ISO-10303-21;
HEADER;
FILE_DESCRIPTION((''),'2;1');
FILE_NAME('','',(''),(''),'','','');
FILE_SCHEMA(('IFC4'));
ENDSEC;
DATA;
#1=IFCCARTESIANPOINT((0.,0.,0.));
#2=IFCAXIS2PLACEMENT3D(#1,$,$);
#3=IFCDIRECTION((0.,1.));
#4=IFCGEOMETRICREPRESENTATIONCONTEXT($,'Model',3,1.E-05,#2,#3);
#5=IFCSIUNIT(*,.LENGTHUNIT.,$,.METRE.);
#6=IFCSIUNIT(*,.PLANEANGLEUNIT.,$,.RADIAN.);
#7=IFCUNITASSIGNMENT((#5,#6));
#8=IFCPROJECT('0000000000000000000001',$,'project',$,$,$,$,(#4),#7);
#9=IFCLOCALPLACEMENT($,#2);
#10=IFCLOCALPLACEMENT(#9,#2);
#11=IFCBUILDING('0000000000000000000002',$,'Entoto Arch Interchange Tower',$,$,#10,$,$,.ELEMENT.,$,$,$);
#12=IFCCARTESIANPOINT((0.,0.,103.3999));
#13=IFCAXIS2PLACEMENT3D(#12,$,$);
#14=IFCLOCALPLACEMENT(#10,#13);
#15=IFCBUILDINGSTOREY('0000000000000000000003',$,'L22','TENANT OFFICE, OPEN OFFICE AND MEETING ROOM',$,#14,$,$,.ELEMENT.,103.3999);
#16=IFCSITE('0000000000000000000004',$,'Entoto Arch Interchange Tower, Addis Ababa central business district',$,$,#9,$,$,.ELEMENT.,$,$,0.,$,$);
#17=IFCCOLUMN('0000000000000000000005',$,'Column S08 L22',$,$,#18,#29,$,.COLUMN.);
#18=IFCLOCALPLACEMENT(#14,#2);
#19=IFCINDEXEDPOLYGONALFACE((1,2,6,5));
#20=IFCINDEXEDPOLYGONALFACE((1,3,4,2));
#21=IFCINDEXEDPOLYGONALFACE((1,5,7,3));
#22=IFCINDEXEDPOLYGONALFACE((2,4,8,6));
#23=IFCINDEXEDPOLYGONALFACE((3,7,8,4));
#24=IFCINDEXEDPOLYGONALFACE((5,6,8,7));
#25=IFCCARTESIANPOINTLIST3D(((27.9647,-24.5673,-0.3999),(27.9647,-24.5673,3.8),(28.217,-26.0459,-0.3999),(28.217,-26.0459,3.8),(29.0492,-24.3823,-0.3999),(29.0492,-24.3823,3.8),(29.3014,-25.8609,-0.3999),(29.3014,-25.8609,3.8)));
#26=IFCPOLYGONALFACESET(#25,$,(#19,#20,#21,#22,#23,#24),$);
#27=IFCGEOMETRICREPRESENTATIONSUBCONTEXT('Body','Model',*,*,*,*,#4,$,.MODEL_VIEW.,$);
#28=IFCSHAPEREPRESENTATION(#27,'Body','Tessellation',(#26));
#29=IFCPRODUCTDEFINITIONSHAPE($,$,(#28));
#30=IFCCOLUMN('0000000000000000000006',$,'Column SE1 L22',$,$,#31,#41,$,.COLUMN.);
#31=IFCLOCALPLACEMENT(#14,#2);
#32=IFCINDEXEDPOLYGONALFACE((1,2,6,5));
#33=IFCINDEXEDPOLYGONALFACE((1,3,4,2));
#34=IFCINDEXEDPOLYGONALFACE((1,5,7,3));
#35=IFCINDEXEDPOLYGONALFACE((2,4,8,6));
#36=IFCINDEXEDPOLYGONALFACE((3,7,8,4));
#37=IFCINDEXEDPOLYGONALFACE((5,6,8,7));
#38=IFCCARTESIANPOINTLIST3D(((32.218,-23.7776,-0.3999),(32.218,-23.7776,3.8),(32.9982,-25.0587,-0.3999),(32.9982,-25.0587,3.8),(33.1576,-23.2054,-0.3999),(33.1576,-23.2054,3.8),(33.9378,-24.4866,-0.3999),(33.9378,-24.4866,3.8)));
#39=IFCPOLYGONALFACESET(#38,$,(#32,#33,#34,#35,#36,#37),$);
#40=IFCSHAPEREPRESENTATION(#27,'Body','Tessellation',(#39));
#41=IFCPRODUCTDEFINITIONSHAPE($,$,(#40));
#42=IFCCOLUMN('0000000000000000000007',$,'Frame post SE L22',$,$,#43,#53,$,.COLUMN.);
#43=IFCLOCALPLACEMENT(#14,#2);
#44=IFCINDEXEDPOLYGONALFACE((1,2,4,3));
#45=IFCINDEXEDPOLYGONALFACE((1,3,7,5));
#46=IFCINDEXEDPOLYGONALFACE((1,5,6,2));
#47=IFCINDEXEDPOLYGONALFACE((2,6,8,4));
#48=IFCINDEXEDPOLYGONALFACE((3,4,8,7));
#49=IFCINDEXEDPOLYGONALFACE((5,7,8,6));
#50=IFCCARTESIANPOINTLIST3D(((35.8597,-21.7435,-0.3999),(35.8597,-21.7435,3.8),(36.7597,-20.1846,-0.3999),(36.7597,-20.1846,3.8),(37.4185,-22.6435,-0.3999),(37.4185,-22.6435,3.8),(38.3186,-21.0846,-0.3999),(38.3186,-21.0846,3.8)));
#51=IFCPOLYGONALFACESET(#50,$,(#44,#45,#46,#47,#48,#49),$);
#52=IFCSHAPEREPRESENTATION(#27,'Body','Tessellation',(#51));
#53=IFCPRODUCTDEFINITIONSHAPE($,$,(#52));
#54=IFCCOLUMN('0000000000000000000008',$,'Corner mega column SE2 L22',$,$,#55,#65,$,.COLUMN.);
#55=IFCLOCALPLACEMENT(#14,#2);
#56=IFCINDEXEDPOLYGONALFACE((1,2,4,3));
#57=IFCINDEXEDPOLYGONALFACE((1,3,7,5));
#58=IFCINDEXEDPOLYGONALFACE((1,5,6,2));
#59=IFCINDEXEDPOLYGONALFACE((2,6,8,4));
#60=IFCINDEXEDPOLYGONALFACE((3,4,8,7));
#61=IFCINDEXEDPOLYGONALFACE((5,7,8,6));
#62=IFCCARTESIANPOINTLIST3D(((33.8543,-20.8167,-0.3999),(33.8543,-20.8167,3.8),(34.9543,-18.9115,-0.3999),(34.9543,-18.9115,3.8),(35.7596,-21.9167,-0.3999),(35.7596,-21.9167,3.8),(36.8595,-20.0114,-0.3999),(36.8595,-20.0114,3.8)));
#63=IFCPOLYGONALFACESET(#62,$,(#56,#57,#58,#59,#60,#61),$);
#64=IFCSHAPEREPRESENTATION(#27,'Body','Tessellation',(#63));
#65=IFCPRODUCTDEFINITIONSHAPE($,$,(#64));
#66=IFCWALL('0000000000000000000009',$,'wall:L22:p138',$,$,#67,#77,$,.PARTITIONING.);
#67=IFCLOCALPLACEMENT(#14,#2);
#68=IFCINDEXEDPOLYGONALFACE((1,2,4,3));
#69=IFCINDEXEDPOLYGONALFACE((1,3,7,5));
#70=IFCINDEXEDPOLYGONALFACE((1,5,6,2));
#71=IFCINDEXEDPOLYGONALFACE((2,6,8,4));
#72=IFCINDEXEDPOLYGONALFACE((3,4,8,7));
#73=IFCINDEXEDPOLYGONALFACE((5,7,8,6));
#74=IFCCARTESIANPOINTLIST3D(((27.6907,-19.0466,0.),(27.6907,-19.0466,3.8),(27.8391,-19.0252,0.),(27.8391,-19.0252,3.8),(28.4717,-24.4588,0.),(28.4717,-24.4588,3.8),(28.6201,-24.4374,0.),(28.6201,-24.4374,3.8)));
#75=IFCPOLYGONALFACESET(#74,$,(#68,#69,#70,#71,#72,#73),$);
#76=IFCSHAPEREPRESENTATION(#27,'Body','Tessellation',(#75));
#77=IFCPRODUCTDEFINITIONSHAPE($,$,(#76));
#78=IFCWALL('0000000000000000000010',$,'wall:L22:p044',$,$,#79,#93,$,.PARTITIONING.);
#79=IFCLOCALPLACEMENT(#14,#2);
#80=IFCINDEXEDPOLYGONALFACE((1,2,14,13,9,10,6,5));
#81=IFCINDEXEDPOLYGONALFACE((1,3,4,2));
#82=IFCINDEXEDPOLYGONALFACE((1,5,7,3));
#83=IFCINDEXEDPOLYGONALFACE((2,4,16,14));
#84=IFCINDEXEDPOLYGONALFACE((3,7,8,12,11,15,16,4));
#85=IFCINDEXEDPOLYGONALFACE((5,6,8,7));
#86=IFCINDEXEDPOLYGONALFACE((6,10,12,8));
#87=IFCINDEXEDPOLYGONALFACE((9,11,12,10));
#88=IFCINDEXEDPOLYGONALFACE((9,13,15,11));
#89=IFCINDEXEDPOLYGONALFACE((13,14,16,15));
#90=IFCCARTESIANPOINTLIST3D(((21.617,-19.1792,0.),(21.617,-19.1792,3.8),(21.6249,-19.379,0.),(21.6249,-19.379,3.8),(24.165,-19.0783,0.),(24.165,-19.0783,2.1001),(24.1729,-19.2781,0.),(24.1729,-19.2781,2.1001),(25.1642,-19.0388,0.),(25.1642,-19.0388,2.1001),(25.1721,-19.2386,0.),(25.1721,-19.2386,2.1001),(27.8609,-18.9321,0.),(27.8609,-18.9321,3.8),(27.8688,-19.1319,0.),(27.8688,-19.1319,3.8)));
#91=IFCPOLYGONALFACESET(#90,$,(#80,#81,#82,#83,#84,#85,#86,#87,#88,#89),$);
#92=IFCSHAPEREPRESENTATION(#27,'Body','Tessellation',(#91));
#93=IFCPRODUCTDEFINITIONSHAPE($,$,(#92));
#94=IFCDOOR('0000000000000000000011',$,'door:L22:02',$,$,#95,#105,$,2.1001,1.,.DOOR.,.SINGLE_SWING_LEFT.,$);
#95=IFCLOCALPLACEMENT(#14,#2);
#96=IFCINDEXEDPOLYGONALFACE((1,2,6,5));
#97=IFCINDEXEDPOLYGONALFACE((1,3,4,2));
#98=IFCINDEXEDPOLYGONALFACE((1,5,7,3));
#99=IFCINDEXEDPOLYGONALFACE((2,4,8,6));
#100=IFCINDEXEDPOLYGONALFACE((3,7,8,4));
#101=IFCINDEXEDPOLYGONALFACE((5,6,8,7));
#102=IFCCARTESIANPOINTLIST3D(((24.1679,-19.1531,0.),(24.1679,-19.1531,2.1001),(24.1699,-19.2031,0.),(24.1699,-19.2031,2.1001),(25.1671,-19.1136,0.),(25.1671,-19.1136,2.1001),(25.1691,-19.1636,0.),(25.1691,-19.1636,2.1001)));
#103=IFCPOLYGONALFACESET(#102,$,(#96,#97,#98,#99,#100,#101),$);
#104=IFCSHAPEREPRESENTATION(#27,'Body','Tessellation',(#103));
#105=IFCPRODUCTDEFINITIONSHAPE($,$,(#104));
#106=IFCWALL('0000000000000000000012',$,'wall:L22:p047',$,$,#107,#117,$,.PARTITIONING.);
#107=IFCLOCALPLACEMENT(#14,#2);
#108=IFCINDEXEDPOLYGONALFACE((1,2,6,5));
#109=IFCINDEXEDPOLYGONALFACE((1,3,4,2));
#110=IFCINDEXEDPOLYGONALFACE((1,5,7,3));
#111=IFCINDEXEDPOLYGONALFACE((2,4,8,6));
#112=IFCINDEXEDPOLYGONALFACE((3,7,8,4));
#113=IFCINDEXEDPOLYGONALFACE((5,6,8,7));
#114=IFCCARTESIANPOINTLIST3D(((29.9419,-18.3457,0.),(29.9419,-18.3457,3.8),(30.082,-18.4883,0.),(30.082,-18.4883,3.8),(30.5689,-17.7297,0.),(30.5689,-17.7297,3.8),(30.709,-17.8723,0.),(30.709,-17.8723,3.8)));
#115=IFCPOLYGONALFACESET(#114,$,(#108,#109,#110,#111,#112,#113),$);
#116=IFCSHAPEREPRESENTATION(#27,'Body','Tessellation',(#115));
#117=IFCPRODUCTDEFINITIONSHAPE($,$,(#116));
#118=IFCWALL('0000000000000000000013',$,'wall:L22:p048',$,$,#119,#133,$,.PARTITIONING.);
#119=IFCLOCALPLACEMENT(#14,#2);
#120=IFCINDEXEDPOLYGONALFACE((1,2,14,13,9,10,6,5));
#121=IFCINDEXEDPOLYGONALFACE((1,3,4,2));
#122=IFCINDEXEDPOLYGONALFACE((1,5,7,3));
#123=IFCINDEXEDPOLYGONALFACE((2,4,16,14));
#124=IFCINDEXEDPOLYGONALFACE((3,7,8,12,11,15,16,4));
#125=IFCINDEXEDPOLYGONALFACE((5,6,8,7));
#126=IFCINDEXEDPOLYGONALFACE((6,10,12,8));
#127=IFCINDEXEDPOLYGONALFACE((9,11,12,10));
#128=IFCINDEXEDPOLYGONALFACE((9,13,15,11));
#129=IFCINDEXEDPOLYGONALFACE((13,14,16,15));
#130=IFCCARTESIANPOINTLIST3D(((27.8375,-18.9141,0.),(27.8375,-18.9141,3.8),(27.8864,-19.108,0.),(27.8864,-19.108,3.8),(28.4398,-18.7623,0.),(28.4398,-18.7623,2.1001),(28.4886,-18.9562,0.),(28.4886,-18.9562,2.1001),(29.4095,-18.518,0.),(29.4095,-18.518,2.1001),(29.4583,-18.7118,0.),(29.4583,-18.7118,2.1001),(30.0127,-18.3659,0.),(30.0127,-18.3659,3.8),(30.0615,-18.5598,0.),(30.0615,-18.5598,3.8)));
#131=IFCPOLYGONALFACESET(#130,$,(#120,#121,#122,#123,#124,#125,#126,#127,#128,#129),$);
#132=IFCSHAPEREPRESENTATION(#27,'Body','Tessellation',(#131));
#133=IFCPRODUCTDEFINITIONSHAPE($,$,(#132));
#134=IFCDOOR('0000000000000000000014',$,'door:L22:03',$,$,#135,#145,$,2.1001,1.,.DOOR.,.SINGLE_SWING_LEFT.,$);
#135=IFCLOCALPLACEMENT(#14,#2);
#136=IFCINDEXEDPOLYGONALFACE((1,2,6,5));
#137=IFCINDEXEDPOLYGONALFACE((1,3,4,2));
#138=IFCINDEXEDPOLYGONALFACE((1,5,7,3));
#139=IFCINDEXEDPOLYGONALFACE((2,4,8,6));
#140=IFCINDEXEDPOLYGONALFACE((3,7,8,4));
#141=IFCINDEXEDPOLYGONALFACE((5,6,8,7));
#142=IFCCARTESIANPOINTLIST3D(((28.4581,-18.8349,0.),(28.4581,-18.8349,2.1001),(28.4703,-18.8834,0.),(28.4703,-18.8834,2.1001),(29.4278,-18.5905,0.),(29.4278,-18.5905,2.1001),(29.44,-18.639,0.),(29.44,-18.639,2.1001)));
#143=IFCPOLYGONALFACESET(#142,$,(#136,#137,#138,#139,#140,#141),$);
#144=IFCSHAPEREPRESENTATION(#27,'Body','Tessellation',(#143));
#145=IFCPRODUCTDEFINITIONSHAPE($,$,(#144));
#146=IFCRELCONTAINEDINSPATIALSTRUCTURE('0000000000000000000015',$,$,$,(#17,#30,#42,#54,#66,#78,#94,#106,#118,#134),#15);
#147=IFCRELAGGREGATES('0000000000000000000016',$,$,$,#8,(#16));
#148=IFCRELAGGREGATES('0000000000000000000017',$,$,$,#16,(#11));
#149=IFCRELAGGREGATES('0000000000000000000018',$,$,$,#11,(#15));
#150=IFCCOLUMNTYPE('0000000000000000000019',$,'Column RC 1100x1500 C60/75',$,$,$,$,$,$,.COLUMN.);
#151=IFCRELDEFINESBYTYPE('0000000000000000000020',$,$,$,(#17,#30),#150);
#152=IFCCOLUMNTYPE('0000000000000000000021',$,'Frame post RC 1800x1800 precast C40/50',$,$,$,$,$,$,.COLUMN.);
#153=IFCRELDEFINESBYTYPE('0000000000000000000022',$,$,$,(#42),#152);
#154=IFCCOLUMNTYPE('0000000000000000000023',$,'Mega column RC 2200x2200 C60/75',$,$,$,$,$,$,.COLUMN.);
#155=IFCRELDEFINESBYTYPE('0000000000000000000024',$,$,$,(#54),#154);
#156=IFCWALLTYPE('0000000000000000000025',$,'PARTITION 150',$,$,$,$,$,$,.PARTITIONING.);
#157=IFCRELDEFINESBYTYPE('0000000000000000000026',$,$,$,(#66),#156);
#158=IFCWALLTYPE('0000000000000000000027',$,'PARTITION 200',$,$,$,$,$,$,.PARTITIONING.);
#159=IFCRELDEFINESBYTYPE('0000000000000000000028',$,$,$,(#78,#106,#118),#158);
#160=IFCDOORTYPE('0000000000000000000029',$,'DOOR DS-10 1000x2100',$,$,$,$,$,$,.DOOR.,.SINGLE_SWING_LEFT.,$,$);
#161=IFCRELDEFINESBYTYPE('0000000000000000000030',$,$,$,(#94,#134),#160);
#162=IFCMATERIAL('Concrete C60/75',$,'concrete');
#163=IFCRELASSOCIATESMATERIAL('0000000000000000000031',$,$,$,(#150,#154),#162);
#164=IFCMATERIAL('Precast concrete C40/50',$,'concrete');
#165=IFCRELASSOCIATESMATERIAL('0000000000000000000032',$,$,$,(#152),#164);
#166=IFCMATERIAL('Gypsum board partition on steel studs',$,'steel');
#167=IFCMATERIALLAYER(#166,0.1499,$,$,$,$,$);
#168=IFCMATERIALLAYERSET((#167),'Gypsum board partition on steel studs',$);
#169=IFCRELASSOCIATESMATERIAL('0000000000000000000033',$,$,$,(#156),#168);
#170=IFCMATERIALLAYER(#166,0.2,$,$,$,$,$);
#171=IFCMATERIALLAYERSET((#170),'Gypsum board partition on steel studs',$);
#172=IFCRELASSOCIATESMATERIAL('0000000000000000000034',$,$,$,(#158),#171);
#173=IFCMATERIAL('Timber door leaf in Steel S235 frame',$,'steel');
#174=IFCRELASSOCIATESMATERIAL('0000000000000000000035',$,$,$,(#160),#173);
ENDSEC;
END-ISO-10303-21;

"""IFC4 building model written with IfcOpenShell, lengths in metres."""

from ifc_helpers import new_model, si_unit, direction, frame, frame_2d, origin, origin_2d, place, context, subcontext, project, spatial, rectangle, extrude, material, layer, layer_set, material_profile, profile_set, type_object, element, fill, save


model = new_model("IFC4")

# Units and contexts
model_context = context("Model", 3, precision=1e-05, world=origin(), true_north=direction((0.0, 1.0)))
body_context = subcontext(model_context, "Body", "Model", "MODEL_VIEW")
ifc_project = project(units=[si_unit("LENGTHUNIT", "METRE"), si_unit("PLANEANGLEUNIT", "RADIAN")], contexts=[model_context])

# Site, building, storey
site_placement = place(None, origin())
site = spatial("IfcSite", under=ifc_project, at=site_placement, Name="Entoto Arch Interchange Tower, Addis Ababa central business district", CompositionType="ELEMENT", RefElevation=0.0)
building_placement = place(site_placement, origin())
building = spatial("IfcBuilding", under=site, at=building_placement, Name="Entoto Arch Interchange Tower", CompositionType="ELEMENT")
storey_placement = place(building_placement, frame((0.0, 0.0, 103.3999)))
storey = spatial("IfcBuildingStorey", under=building, at=storey_placement, Name="L22", Description="TENANT OFFICE, OPEN OFFICE AND MEETING ROOM", CompositionType="ELEMENT", Elevation=103.3999)

# Columns
ifc_material_1 = material(Name="Concrete C60/75", Category="concrete")
ifc_material_profile_1 = material_profile(ifc_material_1, rectangle(XDim=1.1001, YDim=1.5, at=origin_2d()))
ifc_profile_set_1 = profile_set([ifc_material_profile_1], Name="Concrete C60/75")
column_type_1 = type_object("IfcColumnType", Name="Column RC 1100x1500 C60/75", PredefinedType="COLUMN", material=ifc_profile_set_1)
for number, where, z_axis, x_axis, name in (
    (1, (28.6331, -25.2141, -0.3999), (0.0, 0.0, 1.0), (0.985759, 0.168162, 0.0), "Column S08 L22"),
    (2, (33.0779, -24.1321, -0.3999), (0.0, 0.0, 1.0), (0.854096, 0.520116, 0.0), "Column SE1 L22"),
):
    element("IfcColumn", number, at=place(storey_placement, frame(where, z_axis=z_axis, x_axis=x_axis)), inside=storey, type_object=column_type_1, Name=name, PredefinedType="COLUMN", context=body_context, shape_type="SweptSolid", body=[
        extrude(rectangle(XDim=1.1001, YDim=1.5, at=origin_2d()), origin(), (0.0, 0.0, 1.0), 4.2),
    ])
ifc_material_2 = material(Name="Precast concrete C40/50", Category="concrete")
ifc_material_profile_2 = material_profile(ifc_material_2, rectangle(XDim=1.8, YDim=1.8, at=origin_2d()))
ifc_profile_set_2 = profile_set([ifc_material_profile_2], Name="Precast concrete C40/50")
column_type_2 = type_object("IfcColumnType", Name="Frame post RC 1800x1800 precast C40/50", PredefinedType="COLUMN", material=ifc_profile_set_2)
column_1_placement = place(storey_placement, frame((37.0891, -21.4141, -0.3999), z_axis=(0.0, 0.0, 1.0), x_axis=(-0.866025, 0.5, 0.0)))
element("IfcColumn", 3, at=column_1_placement, inside=storey, type_object=column_type_2, Name="Frame post SE L22", PredefinedType="COLUMN", context=body_context, shape_type="SweptSolid", body=[
    extrude(rectangle(XDim=1.8, YDim=1.8, at=origin_2d()), origin(), (0.0, 0.0, 1.0), 4.2),
])
ifc_material_profile_3 = material_profile(ifc_material_1, rectangle(XDim=2.2, YDim=2.2, at=origin_2d()))
ifc_profile_set_3 = profile_set([ifc_material_profile_3], Name="Concrete C60/75")
column_type_3 = type_object("IfcColumnType", Name="Mega column RC 2200x2200 C60/75", PredefinedType="COLUMN", material=ifc_profile_set_3)
column_2_placement = place(storey_placement, frame((35.3569, -20.4141, -0.3999), z_axis=(0.0, 0.0, 1.0), x_axis=(-0.866025, 0.5, 0.0)))
element("IfcColumn", 4, at=column_2_placement, inside=storey, type_object=column_type_3, Name="Corner mega column SE2 L22", PredefinedType="COLUMN", context=body_context, shape_type="SweptSolid", body=[
    extrude(rectangle(XDim=2.2, YDim=2.2, at=origin_2d()), origin(), (0.0, 0.0, 1.0), 4.2),
])

# Wall
ifc_material_3 = material(Name="Gypsum board partition on steel studs", Category="steel")
ifc_layer_1 = layer(ifc_material_3, 0.1499)
ifc_layer_set_1 = layer_set([ifc_layer_1], Name="Gypsum board partition on steel studs")
wall_type_1 = type_object("IfcWallType", Name="PARTITION 150", PredefinedType="PARTITIONING", material=ifc_layer_set_1)
wall_1_placement = place(storey_placement, frame((27.7649, -19.0359, 0.0), z_axis=(0.0, 0.0, 1.0), x_axis=(0.142828, -0.989748, 0.0)))
element("IfcWall", 5, at=wall_1_placement, inside=storey, type_object=wall_type_1, Name="wall:L22:p138", PredefinedType="PARTITIONING", context=body_context, shape_type="SweptSolid", body=[
    extrude(rectangle(XDim=5.4683, YDim=0.1499, at=frame_2d((2.7341, 0.0))), origin(), (0.0, 0.0, 1.0), 3.8),
])

# Wall, opening, door
ifc_layer_2 = layer(ifc_material_3, 0.2)
ifc_layer_set_2 = layer_set([ifc_layer_2], Name="Gypsum board partition on steel studs")
wall_type_2 = type_object("IfcWallType", Name="PARTITION 200", PredefinedType="PARTITIONING", material=ifc_layer_set_2)
wall_2_placement = place(storey_placement, frame((27.865, -19.032, 0.0), z_axis=(0.0, 0.0, 1.0), x_axis=(-0.999218, -0.039539, 0.0)))
wall_2 = element("IfcWall", 6, at=wall_2_placement, inside=storey, type_object=wall_type_2, Name="wall:L22:p044", PredefinedType="PARTITIONING", context=body_context, shape_type="SweptSolid", body=[
    extrude(rectangle(XDim=6.2488, YDim=0.2, at=frame_2d((3.1245, 0.0))), origin(), (0.0, 0.0, 1.0), 3.8),
])
opening_1_placement = place(wall_2_placement, frame((2.699, 0.0, 0.0)))
opening_1 = element("IfcOpeningElement", 7, at=opening_1_placement, cuts=wall_2, PredefinedType="OPENING", context=body_context, shape_type="SweptSolid", body=[
    extrude(rectangle(XDim=1.0, YDim=2.1001, at=frame_2d((0.5, 1.05))), frame((0.0, 0.1099, 0.0), z_axis=(0.0, -1.0, 0.0), x_axis=(1.0, 0.0, 0.0)), (0.0, 0.0, 1.0), 0.22),
])
ifc_material_4 = material(Name="Timber door leaf in Steel S235 frame", Category="steel")
door_type = type_object("IfcDoorType", Name="DOOR DS-10 1000x2100", OperationType="SINGLE_SWING_LEFT", PredefinedType="DOOR", material=ifc_material_4)
door_1_placement = place(opening_1_placement, origin())
door_1 = element("IfcDoor", 8, at=door_1_placement, inside=storey, type_object=door_type, Name="door:L22:02", OperationType="SINGLE_SWING_LEFT", OverallHeight=2.1001, OverallWidth=1.0, PredefinedType="DOOR", context=body_context, shape_type="SweptSolid", body=[
    extrude(rectangle(XDim=1.0, YDim=2.1001, at=frame_2d((0.5, 1.05))), frame((0.0, 0.0249, 0.0), z_axis=(0.0, -1.0, 0.0), x_axis=(1.0, 0.0, 0.0)), (0.0, 0.0, 1.0), 0.05),
])
fill(opening_1, door_1)

# Wall
wall_3_placement = place(storey_placement, frame((30.6389, -17.801, 0.0), z_axis=(0.0, 0.0, 1.0), x_axis=(-0.713329, -0.700829, 0.0)))
element("IfcWall", 9, at=wall_3_placement, inside=storey, type_object=wall_type_2, Name="wall:L22:p047", PredefinedType="PARTITIONING", context=body_context, shape_type="SweptSolid", body=[
    extrude(rectangle(XDim=0.8789, YDim=0.2, at=frame_2d((0.4395, 0.0))), origin(), (0.0, 0.0, 1.0), 3.8),
])

# Wall, opening, door
wall_4_placement = place(storey_placement, frame((30.0371, -18.4629, 0.0), z_axis=(0.0, 0.0, 1.0), x_axis=(-0.969686, -0.244354, 0.0)))
wall_4 = element("IfcWall", 10, at=wall_4_placement, inside=storey, type_object=wall_type_2, Name="wall:L22:p048", PredefinedType="PARTITIONING", context=body_context, shape_type="SweptSolid", body=[
    extrude(rectangle(XDim=2.2432, YDim=0.2, at=frame_2d((1.1216, 0.0))), origin(), (0.0, 0.0, 1.0), 3.8),
])
opening_2_placement = place(wall_4_placement, frame((0.6221, 0.0, 0.0)))
opening_2 = element("IfcOpeningElement", 11, at=opening_2_placement, cuts=wall_4, PredefinedType="OPENING", context=body_context, shape_type="SweptSolid", body=[
    extrude(rectangle(XDim=1.0, YDim=2.1001, at=frame_2d((0.5, 1.05))), frame((0.0, 0.1099, 0.0), z_axis=(0.0, -1.0, 0.0), x_axis=(1.0, 0.0, 0.0)), (0.0, 0.0, 1.0), 0.22),
])
door_2_placement = place(opening_2_placement, origin())
door_2 = element("IfcDoor", 12, at=door_2_placement, inside=storey, type_object=door_type, Name="door:L22:03", OperationType="SINGLE_SWING_LEFT", OverallHeight=2.1001, OverallWidth=1.0, PredefinedType="DOOR", context=body_context, shape_type="SweptSolid", body=[
    extrude(rectangle(XDim=1.0, YDim=2.1001, at=frame_2d((0.5, 1.05))), frame((0.0, 0.0249, 0.0), z_axis=(0.0, -1.0, 0.0), x_axis=(1.0, 0.0, 0.0)), (0.0, 0.0, 1.0), 0.05),
])
fill(opening_2, door_2)

save(model, "model.ifc")
